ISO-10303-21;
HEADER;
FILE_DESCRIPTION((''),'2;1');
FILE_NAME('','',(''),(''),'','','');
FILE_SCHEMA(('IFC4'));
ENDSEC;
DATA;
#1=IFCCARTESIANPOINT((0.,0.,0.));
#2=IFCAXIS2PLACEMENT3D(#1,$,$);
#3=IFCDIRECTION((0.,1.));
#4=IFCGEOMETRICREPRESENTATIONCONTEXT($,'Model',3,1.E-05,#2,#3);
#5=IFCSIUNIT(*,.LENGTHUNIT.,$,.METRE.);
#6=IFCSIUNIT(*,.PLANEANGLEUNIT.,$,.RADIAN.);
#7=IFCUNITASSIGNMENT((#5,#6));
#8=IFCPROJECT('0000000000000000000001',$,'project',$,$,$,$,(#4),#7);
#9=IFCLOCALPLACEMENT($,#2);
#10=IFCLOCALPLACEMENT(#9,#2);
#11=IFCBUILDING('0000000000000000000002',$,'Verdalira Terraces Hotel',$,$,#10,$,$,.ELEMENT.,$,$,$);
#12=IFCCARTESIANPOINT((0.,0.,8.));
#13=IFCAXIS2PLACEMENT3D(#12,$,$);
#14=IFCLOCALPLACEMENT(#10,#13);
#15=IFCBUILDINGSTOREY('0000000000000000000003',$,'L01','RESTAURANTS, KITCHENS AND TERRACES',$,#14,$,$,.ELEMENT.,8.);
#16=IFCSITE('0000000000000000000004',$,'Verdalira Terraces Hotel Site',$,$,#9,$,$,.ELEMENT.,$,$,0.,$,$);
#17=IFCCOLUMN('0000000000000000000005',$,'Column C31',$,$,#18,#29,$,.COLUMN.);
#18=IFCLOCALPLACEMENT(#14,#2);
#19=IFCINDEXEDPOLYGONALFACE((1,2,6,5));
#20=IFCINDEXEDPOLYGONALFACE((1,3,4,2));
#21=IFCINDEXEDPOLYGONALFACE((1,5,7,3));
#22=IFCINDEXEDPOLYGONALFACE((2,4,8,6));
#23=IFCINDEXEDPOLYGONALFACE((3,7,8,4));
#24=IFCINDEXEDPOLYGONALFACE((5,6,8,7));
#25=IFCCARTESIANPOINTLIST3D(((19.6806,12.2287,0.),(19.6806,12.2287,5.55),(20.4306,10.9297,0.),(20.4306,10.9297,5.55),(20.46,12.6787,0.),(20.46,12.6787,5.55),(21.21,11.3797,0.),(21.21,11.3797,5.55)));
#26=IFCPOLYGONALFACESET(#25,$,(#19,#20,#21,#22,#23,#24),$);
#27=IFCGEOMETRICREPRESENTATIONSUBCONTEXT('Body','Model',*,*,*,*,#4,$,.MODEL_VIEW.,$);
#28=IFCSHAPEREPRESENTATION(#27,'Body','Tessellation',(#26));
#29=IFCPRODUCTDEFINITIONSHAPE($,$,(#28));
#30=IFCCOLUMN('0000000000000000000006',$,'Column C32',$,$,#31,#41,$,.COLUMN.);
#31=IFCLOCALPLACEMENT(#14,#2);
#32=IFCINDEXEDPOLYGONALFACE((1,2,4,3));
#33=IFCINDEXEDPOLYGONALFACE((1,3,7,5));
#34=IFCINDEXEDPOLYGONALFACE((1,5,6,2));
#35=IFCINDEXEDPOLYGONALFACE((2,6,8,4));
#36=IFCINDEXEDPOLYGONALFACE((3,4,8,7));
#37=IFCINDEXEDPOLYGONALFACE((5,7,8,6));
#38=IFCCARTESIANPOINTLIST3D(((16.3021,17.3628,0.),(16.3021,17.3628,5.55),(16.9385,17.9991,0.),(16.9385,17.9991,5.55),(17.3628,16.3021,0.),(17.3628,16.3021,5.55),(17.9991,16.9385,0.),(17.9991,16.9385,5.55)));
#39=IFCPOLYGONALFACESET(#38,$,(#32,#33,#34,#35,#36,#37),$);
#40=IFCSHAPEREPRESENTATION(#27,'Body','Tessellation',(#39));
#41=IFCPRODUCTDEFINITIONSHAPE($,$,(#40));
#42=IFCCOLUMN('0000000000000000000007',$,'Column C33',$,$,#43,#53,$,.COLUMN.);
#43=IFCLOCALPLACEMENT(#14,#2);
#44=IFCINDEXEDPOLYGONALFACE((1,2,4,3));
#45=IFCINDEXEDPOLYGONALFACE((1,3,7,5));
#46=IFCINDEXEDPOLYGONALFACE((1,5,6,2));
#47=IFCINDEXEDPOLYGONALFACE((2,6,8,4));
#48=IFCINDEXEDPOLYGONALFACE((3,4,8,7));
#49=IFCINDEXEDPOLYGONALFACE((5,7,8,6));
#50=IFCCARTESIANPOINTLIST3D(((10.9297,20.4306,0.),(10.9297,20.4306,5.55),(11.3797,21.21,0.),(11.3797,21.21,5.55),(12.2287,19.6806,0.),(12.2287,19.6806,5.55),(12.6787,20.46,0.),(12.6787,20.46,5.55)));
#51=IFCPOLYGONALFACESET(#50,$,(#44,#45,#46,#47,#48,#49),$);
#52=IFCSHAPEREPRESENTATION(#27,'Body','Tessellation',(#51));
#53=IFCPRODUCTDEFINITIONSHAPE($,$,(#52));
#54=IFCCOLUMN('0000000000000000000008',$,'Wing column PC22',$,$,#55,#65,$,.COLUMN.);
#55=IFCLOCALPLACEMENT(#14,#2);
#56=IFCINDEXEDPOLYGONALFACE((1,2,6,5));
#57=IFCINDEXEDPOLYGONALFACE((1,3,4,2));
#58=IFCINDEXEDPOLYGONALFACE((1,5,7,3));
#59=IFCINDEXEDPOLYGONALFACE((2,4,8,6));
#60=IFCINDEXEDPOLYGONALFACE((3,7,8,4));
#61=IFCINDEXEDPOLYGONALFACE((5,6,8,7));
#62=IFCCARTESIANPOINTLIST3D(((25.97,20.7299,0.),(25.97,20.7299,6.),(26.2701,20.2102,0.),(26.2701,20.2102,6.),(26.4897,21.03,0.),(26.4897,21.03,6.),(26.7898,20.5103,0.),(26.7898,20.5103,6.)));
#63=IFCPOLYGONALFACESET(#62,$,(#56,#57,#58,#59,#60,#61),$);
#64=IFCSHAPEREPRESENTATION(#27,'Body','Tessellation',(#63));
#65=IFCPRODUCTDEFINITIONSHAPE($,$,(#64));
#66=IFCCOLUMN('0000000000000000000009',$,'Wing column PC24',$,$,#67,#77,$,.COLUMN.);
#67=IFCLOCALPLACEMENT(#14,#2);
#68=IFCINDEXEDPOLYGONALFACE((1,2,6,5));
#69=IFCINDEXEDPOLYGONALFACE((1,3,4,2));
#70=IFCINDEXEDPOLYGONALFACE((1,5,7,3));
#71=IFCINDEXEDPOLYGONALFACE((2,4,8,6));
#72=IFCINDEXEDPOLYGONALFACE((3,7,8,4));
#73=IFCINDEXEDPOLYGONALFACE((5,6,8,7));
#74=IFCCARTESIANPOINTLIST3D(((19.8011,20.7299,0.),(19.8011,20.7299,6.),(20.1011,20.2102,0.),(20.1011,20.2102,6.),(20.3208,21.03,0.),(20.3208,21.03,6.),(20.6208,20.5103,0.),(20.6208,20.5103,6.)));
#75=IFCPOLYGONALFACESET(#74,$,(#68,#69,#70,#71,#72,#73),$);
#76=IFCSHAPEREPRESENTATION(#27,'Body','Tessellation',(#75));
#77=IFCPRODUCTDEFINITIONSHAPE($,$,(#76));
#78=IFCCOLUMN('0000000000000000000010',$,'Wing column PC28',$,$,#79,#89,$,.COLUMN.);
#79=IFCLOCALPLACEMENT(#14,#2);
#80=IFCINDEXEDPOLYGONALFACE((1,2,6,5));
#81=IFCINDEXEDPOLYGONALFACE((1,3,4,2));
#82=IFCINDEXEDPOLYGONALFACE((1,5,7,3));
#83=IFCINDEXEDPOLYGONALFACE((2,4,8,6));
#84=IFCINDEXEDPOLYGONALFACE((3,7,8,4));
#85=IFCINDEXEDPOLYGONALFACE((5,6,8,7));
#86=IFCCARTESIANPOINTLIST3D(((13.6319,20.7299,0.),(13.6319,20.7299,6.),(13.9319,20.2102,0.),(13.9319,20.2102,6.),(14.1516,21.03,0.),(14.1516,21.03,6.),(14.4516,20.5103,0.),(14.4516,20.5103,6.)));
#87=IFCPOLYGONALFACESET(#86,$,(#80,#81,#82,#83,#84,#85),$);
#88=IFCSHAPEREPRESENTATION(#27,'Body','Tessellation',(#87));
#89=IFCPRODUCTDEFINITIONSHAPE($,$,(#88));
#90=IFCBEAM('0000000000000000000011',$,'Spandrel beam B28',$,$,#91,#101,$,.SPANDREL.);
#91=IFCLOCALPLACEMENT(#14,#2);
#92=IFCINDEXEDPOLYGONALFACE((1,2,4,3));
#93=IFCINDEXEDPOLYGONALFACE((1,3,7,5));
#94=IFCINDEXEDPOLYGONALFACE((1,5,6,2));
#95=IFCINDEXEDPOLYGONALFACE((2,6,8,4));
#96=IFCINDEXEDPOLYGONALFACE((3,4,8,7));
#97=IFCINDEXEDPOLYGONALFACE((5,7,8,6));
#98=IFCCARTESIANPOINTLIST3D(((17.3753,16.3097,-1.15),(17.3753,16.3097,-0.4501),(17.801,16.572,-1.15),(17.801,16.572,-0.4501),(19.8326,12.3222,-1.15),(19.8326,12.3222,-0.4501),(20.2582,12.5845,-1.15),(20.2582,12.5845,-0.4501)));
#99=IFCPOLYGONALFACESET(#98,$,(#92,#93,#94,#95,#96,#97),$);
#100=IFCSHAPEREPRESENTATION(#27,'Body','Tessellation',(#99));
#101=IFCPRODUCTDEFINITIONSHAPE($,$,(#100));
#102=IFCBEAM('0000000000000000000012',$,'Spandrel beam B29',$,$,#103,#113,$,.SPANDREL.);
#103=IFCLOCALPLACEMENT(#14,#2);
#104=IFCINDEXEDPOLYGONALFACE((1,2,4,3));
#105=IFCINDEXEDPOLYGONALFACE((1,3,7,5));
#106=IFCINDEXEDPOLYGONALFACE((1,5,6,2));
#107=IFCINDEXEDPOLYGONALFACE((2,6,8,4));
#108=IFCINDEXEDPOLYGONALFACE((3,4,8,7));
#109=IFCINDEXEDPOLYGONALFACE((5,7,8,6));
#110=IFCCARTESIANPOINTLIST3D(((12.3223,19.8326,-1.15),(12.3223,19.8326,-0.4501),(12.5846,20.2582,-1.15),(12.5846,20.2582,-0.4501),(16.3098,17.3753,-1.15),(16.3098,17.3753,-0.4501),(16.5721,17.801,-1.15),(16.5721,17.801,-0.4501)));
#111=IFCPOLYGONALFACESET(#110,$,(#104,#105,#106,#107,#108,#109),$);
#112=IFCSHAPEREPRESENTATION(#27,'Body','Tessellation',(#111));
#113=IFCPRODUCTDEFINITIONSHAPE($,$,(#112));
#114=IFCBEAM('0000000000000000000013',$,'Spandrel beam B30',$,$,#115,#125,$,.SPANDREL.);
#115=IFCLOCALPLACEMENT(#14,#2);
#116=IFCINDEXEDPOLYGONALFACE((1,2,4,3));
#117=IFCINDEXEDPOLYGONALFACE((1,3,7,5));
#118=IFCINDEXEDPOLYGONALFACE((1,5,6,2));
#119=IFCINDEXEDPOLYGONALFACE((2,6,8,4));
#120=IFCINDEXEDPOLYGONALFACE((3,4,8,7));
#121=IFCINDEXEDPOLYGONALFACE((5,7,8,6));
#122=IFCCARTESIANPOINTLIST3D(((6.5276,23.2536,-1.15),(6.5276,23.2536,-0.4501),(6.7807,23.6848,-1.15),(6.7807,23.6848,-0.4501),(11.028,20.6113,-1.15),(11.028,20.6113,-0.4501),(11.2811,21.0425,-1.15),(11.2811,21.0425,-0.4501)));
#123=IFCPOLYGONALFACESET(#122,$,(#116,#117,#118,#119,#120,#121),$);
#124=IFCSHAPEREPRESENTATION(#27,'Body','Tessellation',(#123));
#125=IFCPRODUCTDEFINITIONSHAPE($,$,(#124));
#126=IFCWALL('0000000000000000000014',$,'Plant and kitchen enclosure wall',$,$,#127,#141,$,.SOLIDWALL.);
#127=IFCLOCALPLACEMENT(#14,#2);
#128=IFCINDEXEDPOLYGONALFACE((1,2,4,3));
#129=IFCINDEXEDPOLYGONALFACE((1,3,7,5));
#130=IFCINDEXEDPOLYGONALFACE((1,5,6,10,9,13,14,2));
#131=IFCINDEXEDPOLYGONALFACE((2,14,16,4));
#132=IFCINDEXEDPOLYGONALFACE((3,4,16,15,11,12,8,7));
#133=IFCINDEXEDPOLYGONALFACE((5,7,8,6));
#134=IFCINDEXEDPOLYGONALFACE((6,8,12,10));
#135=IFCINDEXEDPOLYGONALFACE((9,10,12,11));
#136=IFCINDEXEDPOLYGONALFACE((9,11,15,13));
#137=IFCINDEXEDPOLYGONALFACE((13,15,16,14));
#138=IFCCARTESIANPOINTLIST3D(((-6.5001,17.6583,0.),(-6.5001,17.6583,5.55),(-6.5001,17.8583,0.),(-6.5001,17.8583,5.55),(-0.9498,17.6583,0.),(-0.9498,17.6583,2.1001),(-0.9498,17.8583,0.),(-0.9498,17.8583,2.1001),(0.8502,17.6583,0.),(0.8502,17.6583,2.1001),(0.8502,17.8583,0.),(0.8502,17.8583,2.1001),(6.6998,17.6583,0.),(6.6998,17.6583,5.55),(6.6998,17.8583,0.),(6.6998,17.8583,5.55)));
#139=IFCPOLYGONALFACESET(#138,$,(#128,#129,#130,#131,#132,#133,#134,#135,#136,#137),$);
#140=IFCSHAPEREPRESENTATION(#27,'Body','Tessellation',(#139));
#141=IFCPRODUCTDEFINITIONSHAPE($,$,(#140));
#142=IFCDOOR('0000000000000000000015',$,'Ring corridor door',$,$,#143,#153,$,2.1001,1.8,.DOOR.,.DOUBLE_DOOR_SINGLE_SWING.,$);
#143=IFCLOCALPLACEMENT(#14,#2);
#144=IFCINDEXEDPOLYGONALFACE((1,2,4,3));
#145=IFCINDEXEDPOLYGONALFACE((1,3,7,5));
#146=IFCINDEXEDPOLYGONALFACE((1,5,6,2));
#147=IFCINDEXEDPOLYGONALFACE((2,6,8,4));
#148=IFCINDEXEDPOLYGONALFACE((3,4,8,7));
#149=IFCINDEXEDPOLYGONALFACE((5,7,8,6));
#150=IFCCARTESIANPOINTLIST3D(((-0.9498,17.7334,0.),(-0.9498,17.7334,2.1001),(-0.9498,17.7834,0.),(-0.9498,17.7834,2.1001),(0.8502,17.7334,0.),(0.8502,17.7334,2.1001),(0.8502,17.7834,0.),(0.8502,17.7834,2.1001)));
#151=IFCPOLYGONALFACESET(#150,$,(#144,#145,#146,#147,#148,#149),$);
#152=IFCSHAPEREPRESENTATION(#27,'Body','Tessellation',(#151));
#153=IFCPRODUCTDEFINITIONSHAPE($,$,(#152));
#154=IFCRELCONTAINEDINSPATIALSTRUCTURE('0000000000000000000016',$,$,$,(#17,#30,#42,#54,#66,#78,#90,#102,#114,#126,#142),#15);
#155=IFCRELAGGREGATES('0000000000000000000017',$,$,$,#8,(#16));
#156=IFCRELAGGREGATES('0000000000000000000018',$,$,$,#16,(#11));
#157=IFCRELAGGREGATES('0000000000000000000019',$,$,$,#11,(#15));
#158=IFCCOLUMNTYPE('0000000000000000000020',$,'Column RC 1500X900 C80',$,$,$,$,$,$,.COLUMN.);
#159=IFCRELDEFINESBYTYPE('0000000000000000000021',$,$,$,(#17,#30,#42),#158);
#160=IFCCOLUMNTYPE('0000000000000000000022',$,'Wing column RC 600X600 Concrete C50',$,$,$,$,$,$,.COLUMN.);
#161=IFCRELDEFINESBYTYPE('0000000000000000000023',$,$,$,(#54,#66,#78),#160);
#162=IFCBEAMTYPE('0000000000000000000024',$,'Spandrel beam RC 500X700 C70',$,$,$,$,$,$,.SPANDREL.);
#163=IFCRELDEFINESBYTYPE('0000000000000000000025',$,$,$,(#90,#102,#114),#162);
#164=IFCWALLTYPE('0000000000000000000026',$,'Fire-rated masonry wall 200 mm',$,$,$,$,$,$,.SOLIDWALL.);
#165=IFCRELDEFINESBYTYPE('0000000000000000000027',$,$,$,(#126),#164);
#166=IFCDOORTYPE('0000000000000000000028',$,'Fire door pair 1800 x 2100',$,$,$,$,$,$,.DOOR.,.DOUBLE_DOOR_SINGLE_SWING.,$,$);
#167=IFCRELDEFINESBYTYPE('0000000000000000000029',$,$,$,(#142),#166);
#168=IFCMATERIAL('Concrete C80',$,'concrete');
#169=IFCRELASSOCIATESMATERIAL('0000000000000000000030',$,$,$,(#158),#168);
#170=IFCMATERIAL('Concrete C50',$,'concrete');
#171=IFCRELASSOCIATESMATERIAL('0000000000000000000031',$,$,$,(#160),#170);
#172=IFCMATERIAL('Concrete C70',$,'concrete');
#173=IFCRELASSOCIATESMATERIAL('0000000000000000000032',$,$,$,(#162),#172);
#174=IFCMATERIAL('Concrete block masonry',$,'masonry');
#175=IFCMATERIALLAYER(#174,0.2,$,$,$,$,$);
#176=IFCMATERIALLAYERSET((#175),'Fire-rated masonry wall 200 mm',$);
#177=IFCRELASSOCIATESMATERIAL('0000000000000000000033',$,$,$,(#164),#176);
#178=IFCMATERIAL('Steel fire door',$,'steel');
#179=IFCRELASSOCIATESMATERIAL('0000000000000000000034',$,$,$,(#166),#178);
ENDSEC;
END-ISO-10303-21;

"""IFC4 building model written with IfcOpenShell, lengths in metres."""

from ifc_helpers import new_model, si_unit, direction, frame, frame_2d, origin, origin_2d, place, context, subcontext, project, spatial, rectangle, extrude, material, layer, layer_set, material_profile, profile_set, type_object, element, fill, save


model = new_model("IFC4")

# Units and contexts
model_context = context("Model", 3, precision=1e-05, world=origin(), true_north=direction((0.0, 1.0)))
body_context = subcontext(model_context, "Body", "Model", "MODEL_VIEW")
ifc_project = project(units=[si_unit("LENGTHUNIT", "METRE"), si_unit("PLANEANGLEUNIT", "RADIAN")], contexts=[model_context])

# Site, building, storey
site_placement = place(None, origin())
site = spatial("IfcSite", under=ifc_project, at=site_placement, Name="Verdalira Terraces Hotel Site", CompositionType="ELEMENT", RefElevation=0.0)
building_placement = place(site_placement, origin())
building = spatial("IfcBuilding", under=site, at=building_placement, Name="Verdalira Terraces Hotel", CompositionType="ELEMENT")
storey_placement = place(building_placement, frame((0.0, 0.0, 8.0)))
storey = spatial("IfcBuildingStorey", under=building, at=storey_placement, Name="L01", Description="RESTAURANTS, KITCHENS AND TERRACES", CompositionType="ELEMENT", Elevation=8.0)

# Columns
ifc_material_1 = material(Name="Concrete C80", Category="concrete")
ifc_material_profile_1 = material_profile(ifc_material_1, rectangle(XDim=1.5, YDim=0.8999, at=origin_2d()), Name="RC 1500X900")
ifc_profile_set_1 = profile_set([ifc_material_profile_1], Name="Concrete C80")
column_type_1 = type_object("IfcColumnType", Name="Column RC 1500X900 C80", PredefinedType="COLUMN", material=ifc_profile_set_1)
for number, where, z_axis, x_axis, name in (
    (1, (20.4453, 11.8042, 0.0), (0.0, 0.0, 1.0), (-0.5, 0.866025, 0.0), "Column C31"),
    (2, (17.1506, 17.1506, 0.0), (0.0, 0.0, 1.0), (0.707107, -0.707107, 0.0), "Column C32"),
    (3, (11.8042, 20.4453, 0.0), (0.0, 0.0, 1.0), (-0.866025, 0.5, 0.0), "Column C33"),
):
    element("IfcColumn", number, at=place(storey_placement, frame(where, z_axis=z_axis, x_axis=x_axis)), inside=storey, type_object=column_type_1, Name=name, PredefinedType="COLUMN", context=body_context, shape_type="SweptSolid", body=[
        extrude(rectangle(XDim=1.5, YDim=0.8999, at=origin_2d()), origin(), (0.0, 0.0, 1.0), 5.55),
    ])
ifc_material_2 = material(Name="Concrete C50", Category="concrete")
ifc_material_profile_2 = material_profile(ifc_material_2, rectangle(XDim=0.6001, YDim=0.6001, at=origin_2d()), Name="RC 600X600")
ifc_profile_set_2 = profile_set([ifc_material_profile_2], Name="Concrete C50")
column_type_2 = type_object("IfcColumnType", Name="Wing column RC 600X600 Concrete C50", PredefinedType="COLUMN", material=ifc_profile_set_2)
for number, where, z_axis, x_axis, name in (
    (4, (26.3799, 20.6201, 0.0), (0.0, 0.0, 1.0), (0.866025, 0.5, 0.0), "Wing column PC22"),
    (5, (20.2109, 20.6201, 0.0), (0.0, 0.0, 1.0), (0.866025, 0.5, 0.0), "Wing column PC24"),
    (6, (14.0417, 20.6201, 0.0), (0.0, 0.0, 1.0), (0.866025, 0.5, 0.0), "Wing column PC28"),
):
    element("IfcColumn", number, at=place(storey_placement, frame(where, z_axis=z_axis, x_axis=x_axis)), inside=storey, type_object=column_type_2, Name=name, PredefinedType="COLUMN", context=body_context, shape_type="SweptSolid", body=[
        extrude(rectangle(XDim=0.6001, YDim=0.6001, at=origin_2d()), origin(), (0.0, 0.0, 1.0), 6.0),
    ])

# Beams
ifc_material_3 = material(Name="Concrete C70", Category="concrete")
ifc_material_profile_3 = material_profile(ifc_material_3, rectangle(XDim=0.5, YDim=0.7, at=origin_2d()), Name="RC 500X700")
ifc_profile_set_3 = profile_set([ifc_material_profile_3], Name="Concrete C70")
beam_type = type_object("IfcBeamType", Name="Spandrel beam RC 500X700 C70", PredefinedType="SPANDREL", material=ifc_profile_set_3)
for number, where, z_axis, x_axis, name in (
    (7, (20.0454, 12.4534, -0.8), (-0.524624, 0.851334, 0.0), (-0.851334, -0.524624, 0.0), "Spandrel beam B28"),
    (8, (16.4409, 17.5881, -0.8), (-0.851334, 0.524624, 0.0), (-0.524624, -0.851334, 0.0), "Spandrel beam B29"),
):
    element("IfcBeam", number, at=place(storey_placement, frame(where, z_axis=z_axis, x_axis=x_axis)), inside=storey, type_object=beam_type, Name=name, PredefinedType="SPANDREL", context=body_context, shape_type="SweptSolid", body=[
        extrude(rectangle(XDim=0.5, YDim=0.7, at=origin_2d()), origin(), (0.0, 0.0, 1.0), 4.6838),
    ])
beam_placement = place(storey_placement, frame((11.1545, 20.8269, -0.8), z_axis=(-0.862354, 0.506306, 0.0), x_axis=(-0.506306, -0.862354, 0.0)))
element("IfcBeam", 9, at=beam_placement, inside=storey, type_object=beam_type, Name="Spandrel beam B30", PredefinedType="SPANDREL", context=body_context, shape_type="SweptSolid", body=[
    extrude(rectangle(XDim=0.5, YDim=0.7, at=origin_2d()), origin(), (0.0, 0.0, 1.0), 5.2188),
])

# Wall, opening, door
ifc_material_4 = material(Name="Concrete block masonry", Category="masonry")
ifc_layer_1 = layer(ifc_material_4, 0.2)
ifc_layer_set_1 = layer_set([ifc_layer_1], Name="Fire-rated masonry wall 200 mm")
wall_type_1 = type_object("IfcWallType", Name="Fire-rated masonry wall 200 mm", PredefinedType="SOLIDWALL", material=ifc_layer_set_1)
wall_1_placement = place(storey_placement, frame((6.7, 17.7583, 0.0), z_axis=(0.0, 0.0, 1.0), x_axis=(-1.0, 0.0, 0.0)))
wall_1 = element("IfcWall", 10, at=wall_1_placement, inside=storey, type_object=wall_type_1, Name="Plant and kitchen enclosure wall", PredefinedType="SOLIDWALL", context=body_context, shape_type="SweptSolid", body=[
    extrude(rectangle(XDim=13.2, YDim=0.2, at=frame_2d((6.6001, 0.0))), origin(), (0.0, 0.0, 1.0), 5.55),
])
opening_1_placement = place(wall_1_placement, frame((5.8499, 0.0, 0.0)))
opening_1 = element("IfcOpeningElement", 11, at=opening_1_placement, cuts=wall_1, PredefinedType="OPENING", context=body_context, shape_type="SweptSolid", body=[
    extrude(rectangle(XDim=1.8, YDim=2.1001, at=frame_2d((0.8999, 1.05))), frame((0.0, 0.1099, 0.0), z_axis=(0.0, -1.0, 0.0), x_axis=(1.0, 0.0, 0.0)), (0.0, 0.0, 1.0), 0.22),
])
ifc_material_5 = material(Name="Steel fire door", Category="steel")
door_type_1 = type_object("IfcDoorType", Name="Fire door pair 1800 x 2100", OperationType="DOUBLE_DOOR_SINGLE_SWING", PredefinedType="DOOR", material=ifc_material_5)
door_1_placement = place(opening_1_placement, origin())
door_1 = element("IfcDoor", 12, at=door_1_placement, inside=storey, type_object=door_type_1, Name="Ring corridor door", OperationType="DOUBLE_DOOR_SINGLE_SWING", OverallHeight=2.1001, OverallWidth=1.8, PredefinedType="DOOR", context=body_context, shape_type="SweptSolid", body=[
    extrude(rectangle(XDim=1.8, YDim=2.1001, at=frame_2d((0.8999, 1.05))), frame((0.0, 0.0249, 0.0), z_axis=(0.0, -1.0, 0.0), x_axis=(1.0, 0.0, 0.0)), (0.0, 0.0, 1.0), 0.05),
])
fill(opening_1, door_1)

save(model, "model.ifc")
